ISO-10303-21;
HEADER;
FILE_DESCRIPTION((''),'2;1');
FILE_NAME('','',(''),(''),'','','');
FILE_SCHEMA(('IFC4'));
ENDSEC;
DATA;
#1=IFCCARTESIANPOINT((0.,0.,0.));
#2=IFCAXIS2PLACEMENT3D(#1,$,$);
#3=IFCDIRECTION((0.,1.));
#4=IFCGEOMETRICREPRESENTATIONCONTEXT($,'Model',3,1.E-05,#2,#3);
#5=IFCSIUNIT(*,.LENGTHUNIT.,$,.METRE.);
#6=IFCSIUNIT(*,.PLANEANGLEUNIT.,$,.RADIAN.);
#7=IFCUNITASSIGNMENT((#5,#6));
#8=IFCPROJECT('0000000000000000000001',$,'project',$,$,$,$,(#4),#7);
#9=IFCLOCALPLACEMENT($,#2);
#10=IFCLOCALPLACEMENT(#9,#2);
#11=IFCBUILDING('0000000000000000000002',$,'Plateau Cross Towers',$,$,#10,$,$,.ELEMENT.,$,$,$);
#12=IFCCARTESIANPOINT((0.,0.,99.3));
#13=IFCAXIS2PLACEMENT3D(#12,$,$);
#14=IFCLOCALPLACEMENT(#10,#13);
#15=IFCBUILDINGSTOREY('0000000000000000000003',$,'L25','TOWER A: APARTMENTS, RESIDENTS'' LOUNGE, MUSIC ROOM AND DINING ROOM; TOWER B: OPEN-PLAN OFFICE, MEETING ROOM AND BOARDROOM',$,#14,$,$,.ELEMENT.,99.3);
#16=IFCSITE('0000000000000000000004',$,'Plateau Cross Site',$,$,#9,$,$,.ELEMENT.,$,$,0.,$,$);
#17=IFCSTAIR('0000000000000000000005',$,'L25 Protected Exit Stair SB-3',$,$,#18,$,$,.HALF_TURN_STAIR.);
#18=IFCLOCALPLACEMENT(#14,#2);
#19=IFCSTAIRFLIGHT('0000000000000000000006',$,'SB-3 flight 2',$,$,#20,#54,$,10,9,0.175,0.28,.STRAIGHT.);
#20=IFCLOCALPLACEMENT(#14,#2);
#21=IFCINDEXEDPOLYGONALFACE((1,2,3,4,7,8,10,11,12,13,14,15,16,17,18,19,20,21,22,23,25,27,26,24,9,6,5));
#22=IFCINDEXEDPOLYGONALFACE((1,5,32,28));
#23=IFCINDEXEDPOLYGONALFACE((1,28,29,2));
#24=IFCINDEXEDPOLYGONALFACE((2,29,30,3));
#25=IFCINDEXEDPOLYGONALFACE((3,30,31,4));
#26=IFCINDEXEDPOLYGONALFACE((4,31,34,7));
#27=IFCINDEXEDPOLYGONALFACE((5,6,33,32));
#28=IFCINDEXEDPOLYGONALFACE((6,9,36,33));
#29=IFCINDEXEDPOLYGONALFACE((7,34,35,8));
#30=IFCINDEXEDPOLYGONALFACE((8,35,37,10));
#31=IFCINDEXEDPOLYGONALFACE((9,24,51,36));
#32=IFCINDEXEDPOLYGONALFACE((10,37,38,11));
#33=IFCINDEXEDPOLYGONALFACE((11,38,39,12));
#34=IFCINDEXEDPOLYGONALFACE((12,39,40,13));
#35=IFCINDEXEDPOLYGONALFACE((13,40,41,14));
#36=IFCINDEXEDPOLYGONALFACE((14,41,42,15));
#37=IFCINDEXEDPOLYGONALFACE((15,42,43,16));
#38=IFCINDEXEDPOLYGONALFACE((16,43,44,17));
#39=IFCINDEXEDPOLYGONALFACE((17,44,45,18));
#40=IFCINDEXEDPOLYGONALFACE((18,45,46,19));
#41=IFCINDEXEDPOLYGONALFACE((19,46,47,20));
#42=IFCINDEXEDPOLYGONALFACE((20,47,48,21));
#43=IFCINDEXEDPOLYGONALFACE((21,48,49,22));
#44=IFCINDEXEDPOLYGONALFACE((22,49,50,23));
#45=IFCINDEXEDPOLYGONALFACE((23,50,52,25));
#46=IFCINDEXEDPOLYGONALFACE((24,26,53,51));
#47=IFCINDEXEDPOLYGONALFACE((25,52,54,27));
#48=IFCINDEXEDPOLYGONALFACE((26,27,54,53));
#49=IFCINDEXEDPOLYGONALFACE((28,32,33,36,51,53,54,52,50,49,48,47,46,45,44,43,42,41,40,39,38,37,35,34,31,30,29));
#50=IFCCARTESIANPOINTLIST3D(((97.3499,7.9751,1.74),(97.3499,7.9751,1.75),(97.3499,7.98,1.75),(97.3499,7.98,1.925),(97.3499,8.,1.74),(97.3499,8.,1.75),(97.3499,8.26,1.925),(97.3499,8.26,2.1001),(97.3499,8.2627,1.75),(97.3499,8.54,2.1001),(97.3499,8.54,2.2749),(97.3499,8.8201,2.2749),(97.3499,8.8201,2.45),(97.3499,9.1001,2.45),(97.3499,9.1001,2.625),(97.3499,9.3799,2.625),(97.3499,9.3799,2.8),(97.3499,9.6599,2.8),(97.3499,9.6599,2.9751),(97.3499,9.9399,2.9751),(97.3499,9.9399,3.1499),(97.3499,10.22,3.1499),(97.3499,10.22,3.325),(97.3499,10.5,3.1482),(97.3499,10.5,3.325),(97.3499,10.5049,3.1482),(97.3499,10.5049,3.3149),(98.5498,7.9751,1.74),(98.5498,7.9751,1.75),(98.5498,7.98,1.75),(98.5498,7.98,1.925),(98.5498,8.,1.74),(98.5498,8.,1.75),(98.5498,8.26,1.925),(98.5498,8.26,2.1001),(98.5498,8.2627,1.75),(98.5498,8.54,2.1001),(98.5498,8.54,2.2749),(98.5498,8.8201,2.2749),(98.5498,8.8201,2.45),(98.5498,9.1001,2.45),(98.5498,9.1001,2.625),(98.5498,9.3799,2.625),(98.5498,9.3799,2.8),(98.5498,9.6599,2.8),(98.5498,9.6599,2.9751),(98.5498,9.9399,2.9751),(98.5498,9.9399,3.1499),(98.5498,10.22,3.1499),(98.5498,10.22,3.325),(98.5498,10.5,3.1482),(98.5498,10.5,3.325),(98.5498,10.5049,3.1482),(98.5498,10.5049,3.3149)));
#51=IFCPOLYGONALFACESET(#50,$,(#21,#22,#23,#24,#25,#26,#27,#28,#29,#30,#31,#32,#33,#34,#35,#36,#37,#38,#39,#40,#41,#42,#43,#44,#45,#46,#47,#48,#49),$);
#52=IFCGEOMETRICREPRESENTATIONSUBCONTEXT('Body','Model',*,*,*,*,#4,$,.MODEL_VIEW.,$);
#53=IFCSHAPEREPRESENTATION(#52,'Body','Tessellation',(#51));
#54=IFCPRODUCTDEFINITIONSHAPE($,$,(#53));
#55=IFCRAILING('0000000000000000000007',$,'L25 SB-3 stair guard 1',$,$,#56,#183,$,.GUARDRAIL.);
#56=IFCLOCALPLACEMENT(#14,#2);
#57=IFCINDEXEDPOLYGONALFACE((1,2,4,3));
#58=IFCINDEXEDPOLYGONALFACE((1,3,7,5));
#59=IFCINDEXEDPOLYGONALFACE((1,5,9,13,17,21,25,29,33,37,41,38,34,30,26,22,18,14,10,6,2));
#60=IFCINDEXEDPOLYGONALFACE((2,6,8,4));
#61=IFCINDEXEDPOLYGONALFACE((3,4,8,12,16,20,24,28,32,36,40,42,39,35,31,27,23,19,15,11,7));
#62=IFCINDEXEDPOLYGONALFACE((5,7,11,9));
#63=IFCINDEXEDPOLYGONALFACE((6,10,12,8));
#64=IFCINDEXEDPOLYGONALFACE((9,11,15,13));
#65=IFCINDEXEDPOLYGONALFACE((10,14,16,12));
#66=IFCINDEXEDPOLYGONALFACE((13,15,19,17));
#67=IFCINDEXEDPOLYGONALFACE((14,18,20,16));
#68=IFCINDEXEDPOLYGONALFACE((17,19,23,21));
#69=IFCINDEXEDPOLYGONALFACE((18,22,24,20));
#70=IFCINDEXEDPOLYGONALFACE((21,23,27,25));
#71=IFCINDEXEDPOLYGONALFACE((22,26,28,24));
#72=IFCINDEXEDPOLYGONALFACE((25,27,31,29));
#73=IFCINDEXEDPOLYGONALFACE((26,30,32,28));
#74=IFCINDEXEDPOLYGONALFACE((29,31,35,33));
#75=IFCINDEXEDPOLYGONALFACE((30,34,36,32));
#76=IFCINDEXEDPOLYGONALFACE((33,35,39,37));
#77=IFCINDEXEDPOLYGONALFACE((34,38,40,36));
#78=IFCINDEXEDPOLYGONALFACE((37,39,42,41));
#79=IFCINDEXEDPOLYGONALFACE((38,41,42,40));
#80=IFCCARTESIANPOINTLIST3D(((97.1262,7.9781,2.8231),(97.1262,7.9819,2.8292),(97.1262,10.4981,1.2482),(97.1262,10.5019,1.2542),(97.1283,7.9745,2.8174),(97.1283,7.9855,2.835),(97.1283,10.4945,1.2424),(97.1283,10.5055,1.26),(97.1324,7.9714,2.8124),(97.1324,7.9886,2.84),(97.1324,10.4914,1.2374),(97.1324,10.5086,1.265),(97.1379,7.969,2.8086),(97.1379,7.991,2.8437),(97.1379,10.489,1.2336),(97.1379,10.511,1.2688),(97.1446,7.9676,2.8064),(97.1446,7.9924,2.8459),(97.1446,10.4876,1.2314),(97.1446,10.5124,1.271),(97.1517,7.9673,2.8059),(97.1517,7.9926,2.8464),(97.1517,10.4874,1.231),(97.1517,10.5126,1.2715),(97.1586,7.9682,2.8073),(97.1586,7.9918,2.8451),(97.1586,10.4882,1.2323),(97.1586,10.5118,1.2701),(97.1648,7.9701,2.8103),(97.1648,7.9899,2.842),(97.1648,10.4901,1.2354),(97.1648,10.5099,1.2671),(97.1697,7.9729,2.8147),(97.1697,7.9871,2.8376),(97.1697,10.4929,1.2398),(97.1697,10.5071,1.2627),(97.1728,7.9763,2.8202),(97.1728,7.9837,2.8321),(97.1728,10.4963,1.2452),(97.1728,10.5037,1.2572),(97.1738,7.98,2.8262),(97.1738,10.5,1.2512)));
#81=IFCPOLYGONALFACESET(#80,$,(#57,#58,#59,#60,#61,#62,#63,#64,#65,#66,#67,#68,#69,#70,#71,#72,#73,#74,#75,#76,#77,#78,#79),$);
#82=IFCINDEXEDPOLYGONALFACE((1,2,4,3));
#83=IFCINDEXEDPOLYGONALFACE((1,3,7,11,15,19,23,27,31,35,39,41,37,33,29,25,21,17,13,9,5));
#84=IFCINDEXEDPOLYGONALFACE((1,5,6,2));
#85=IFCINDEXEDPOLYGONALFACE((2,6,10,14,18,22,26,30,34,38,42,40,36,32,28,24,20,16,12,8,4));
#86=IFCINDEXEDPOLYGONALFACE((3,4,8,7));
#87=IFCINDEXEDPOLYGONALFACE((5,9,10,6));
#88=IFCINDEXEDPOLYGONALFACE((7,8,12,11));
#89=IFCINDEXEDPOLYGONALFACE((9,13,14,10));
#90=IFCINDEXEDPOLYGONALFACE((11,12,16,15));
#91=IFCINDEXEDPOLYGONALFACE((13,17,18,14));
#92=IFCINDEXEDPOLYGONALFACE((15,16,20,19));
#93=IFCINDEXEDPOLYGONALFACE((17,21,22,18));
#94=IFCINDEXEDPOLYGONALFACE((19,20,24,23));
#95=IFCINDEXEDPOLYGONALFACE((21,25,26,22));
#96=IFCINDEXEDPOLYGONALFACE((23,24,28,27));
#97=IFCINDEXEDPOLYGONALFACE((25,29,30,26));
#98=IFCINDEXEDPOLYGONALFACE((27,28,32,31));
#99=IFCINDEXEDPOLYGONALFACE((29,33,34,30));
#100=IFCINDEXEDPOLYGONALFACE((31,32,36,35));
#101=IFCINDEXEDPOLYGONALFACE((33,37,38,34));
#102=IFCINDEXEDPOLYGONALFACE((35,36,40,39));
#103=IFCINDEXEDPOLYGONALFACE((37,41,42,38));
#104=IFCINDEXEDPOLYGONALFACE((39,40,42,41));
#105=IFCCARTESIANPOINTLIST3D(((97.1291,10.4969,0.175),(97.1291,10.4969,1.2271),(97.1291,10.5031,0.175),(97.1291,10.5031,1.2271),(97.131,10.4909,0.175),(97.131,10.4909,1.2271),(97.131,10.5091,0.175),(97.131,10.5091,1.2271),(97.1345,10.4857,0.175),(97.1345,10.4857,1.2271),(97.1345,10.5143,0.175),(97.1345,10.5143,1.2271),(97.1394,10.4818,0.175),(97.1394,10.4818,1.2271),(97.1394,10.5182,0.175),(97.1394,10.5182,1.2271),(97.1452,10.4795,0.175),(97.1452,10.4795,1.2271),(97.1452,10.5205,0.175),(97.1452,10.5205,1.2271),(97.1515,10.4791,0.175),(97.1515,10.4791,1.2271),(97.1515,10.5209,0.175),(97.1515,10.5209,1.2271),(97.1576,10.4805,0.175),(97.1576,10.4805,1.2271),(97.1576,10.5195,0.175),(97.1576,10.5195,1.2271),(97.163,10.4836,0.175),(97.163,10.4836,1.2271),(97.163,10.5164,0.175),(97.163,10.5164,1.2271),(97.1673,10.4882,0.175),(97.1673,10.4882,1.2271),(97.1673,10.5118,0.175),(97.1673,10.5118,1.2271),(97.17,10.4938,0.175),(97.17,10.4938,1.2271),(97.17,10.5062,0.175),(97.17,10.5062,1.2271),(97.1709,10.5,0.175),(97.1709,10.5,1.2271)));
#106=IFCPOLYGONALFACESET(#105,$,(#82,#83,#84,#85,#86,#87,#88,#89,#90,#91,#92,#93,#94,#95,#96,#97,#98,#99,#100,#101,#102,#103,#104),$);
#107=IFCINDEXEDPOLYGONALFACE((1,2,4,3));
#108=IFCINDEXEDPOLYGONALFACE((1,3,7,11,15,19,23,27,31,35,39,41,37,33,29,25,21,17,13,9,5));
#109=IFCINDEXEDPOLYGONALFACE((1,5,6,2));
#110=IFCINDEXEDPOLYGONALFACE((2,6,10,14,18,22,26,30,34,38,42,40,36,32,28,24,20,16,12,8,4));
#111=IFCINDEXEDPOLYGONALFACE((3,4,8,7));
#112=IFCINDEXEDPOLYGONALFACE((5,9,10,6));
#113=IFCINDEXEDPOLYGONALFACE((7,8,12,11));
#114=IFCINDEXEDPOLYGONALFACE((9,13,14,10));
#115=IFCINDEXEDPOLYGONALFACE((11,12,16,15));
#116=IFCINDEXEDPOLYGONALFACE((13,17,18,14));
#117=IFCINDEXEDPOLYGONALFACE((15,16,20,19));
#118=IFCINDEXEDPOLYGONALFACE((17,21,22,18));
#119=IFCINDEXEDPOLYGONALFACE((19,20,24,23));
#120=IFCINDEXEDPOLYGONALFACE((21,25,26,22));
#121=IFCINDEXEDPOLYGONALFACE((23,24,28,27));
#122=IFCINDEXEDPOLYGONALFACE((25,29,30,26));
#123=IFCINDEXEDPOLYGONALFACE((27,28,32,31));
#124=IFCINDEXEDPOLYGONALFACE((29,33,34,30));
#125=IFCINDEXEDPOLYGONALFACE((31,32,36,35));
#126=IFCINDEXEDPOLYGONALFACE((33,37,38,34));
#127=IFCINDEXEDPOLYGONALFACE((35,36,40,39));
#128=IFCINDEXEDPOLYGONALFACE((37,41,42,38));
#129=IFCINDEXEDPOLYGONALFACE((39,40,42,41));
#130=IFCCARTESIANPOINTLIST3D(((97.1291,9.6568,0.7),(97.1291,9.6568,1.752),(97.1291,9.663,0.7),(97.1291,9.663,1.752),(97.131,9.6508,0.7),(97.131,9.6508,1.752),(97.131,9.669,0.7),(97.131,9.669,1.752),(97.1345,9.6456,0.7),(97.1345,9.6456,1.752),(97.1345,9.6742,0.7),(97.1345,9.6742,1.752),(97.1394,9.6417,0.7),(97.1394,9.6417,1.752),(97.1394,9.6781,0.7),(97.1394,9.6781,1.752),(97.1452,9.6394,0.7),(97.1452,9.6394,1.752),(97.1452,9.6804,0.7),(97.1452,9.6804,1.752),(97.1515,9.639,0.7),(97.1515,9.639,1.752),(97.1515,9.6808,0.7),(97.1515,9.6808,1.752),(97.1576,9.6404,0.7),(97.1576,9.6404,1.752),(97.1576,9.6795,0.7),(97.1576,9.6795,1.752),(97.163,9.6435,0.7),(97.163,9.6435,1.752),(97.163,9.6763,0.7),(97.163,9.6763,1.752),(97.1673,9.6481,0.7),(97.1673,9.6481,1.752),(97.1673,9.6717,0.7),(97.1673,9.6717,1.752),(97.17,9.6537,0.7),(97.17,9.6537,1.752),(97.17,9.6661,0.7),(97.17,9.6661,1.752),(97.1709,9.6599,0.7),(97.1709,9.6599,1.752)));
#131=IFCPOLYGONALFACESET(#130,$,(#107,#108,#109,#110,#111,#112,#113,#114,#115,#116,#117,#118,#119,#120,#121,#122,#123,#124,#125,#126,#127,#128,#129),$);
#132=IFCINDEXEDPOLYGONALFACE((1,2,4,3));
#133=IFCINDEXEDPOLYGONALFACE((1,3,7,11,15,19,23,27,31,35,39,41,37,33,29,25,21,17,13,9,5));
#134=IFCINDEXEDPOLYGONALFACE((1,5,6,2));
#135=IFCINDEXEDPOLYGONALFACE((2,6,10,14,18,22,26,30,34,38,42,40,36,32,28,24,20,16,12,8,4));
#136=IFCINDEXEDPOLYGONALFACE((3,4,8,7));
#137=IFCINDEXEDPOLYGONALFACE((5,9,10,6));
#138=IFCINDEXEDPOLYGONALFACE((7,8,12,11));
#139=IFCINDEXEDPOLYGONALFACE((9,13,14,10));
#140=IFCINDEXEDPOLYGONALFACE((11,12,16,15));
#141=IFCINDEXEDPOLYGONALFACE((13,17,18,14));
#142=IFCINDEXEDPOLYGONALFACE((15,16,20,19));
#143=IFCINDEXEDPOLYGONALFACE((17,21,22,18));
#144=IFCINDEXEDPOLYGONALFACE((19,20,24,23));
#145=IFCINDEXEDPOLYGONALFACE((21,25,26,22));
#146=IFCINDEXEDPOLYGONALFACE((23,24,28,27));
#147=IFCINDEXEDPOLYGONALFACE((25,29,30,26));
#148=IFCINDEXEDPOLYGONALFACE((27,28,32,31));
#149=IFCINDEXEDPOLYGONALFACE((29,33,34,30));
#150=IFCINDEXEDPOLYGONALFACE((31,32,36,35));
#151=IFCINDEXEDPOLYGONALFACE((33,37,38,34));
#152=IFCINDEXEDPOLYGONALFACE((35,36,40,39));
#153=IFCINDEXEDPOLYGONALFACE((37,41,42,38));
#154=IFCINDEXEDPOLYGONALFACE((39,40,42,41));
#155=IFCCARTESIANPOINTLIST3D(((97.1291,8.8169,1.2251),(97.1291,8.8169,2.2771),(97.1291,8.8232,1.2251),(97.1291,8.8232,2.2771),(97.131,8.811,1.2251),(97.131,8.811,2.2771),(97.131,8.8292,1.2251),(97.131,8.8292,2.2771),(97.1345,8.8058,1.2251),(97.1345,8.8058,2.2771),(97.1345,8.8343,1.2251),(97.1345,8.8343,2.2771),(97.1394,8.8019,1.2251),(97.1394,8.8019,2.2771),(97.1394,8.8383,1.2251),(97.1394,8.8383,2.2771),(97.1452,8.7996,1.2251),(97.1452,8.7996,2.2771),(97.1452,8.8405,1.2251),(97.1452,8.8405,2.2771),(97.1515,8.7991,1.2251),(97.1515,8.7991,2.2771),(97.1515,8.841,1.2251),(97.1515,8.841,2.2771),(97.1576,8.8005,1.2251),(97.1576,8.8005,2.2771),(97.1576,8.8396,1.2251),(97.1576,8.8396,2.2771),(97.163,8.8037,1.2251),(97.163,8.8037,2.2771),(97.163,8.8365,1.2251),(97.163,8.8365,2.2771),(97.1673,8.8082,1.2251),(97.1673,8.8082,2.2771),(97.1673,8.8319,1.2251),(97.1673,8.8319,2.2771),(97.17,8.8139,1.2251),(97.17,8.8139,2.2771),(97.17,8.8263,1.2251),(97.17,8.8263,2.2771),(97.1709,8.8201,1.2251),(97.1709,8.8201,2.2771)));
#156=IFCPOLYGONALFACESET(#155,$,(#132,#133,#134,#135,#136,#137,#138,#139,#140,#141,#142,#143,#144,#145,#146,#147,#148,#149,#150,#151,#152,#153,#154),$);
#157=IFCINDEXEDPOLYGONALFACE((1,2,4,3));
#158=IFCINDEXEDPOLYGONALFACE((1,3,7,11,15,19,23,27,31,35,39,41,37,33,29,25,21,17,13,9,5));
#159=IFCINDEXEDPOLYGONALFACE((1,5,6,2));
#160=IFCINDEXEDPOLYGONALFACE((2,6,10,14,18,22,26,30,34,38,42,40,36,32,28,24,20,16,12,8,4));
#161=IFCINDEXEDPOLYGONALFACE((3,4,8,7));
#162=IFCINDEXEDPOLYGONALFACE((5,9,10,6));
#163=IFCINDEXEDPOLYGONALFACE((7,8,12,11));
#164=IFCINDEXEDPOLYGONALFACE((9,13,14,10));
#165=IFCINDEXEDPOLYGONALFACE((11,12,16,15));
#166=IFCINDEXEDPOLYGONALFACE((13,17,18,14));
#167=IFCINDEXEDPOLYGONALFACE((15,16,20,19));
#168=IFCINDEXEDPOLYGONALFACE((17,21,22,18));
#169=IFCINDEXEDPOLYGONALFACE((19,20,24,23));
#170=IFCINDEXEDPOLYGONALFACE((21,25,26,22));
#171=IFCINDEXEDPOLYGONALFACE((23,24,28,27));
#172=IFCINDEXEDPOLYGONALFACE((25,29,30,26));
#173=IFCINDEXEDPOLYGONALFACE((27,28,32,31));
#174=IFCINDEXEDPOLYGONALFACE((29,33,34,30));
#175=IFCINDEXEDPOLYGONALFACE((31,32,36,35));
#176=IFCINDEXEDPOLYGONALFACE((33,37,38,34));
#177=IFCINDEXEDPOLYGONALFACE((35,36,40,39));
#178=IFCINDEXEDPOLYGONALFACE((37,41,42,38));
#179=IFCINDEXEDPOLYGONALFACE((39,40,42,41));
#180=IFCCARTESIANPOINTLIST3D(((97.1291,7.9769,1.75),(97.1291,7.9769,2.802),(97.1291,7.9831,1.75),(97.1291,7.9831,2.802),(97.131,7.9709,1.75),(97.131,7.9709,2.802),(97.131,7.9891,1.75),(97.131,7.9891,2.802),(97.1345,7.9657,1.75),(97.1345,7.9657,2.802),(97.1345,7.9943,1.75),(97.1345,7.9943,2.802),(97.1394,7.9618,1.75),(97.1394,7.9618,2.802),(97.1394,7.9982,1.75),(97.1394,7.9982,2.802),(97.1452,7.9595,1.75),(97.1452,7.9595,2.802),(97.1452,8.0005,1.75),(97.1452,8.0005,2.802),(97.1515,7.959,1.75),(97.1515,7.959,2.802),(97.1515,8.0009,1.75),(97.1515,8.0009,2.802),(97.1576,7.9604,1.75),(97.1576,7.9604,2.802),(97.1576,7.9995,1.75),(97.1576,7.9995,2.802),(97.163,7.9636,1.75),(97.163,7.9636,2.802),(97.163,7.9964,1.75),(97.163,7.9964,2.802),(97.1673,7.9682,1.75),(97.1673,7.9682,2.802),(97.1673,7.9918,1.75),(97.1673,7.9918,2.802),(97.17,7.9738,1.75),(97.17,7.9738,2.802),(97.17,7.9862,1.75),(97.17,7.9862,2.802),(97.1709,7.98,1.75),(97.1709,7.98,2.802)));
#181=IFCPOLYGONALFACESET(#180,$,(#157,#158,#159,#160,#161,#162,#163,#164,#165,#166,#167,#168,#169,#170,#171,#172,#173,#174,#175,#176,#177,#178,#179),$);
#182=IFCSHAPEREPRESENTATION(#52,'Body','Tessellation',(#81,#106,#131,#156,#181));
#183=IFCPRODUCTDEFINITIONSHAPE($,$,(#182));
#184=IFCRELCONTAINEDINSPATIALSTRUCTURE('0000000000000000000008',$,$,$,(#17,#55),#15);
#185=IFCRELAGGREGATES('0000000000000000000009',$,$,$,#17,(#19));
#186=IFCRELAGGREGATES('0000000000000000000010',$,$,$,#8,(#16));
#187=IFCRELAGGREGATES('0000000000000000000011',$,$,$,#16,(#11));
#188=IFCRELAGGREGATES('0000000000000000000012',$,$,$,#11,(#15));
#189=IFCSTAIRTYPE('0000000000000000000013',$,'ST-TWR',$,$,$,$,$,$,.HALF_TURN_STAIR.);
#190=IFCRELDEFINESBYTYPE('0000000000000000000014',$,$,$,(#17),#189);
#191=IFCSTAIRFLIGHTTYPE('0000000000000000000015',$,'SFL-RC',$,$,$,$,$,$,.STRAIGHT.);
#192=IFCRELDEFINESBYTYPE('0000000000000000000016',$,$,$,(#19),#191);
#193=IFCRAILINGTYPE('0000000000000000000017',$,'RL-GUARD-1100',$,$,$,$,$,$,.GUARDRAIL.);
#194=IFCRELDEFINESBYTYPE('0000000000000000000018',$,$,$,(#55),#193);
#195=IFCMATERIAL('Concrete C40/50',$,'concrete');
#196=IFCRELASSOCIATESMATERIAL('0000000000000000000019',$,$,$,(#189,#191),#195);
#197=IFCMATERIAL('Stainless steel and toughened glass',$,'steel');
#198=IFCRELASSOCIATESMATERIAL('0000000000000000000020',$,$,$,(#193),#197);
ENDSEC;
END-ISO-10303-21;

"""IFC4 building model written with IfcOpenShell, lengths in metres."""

from ifc_helpers import new_model, si_unit, direction, frame, origin, origin_2d, place, context, subcontext, project, spatial, polyline, circle, outline, extrude, material, type_object, element, aggregate, save


model = new_model("IFC4")

# Units and contexts
model_context = context("Model", 3, precision=1e-05, world=origin(), true_north=direction((0.0, 1.0)))
body_context = subcontext(model_context, "Body", "Model", "MODEL_VIEW")
ifc_project = project(units=[si_unit("LENGTHUNIT", "METRE"), si_unit("PLANEANGLEUNIT", "RADIAN")], contexts=[model_context])

# Site, building, storey
site_placement = place(None, origin())
site = spatial("IfcSite", under=ifc_project, at=site_placement, Name="Plateau Cross Site", CompositionType="ELEMENT", RefElevation=0.0)
building_placement = place(site_placement, origin())
building = spatial("IfcBuilding", under=site, at=building_placement, Name="Plateau Cross Towers", CompositionType="ELEMENT")
storey_placement = place(building_placement, frame((0.0, 0.0, 99.3)))
storey = spatial("IfcBuildingStorey", under=building, at=storey_placement, Name="L25", Description="TOWER A: APARTMENTS, RESIDENTS' LOUNGE, MUSIC ROOM AND DINING ROOM; TOWER B: OPEN-PLAN OFFICE, MEETING ROOM AND BOARDROOM", CompositionType="ELEMENT", Elevation=99.3)

# Stair, stair flight
ifc_material_1 = material(Name="Concrete C40/50", Category="concrete")
stair_type = type_object("IfcStairType", Name="ST-TWR", PredefinedType="HALF_TURN_STAIR", material=ifc_material_1)
stair_placement = place(storey_placement, origin())
stair = element("IfcStair", 1, at=stair_placement, inside=storey, type_object=stair_type, Name="L25 Protected Exit Stair SB-3", PredefinedType="HALF_TURN_STAIR")
stair_flight_type = type_object("IfcStairFlightType", Name="SFL-RC", PredefinedType="STRAIGHT", material=ifc_material_1)
stair_flight_1_placement = place(storey_placement, frame((97.95, 7.98, 1.75), z_axis=(0.0, 0.0, 1.0), x_axis=(0.0, 1.0, 0.0)))
stair_flight_1 = element("IfcStairFlight", 2, at=stair_flight_1_placement, type_object=stair_flight_type, Name="SB-3 flight 2", NumberOfRisers=10, NumberOfTreads=9, PredefinedType="STRAIGHT", RiserHeight=0.175, TreadLength=0.28, context=body_context, shape_type="SweptSolid", body=[
    extrude(outline(polyline([(-0.0049, -0.01), (-0.0049, 0.0), (0.0, 0.0), (0.0, 0.175), (0.28, 0.175), (0.28, 0.3501), (0.5601, 0.3501), (0.5601, 0.5249), (0.8401, 0.5249), (0.8401, 0.7), (1.1201, 0.7), (1.1201, 0.875), (1.3999, 0.875), (1.3999, 1.05), (1.6799, 1.05), (1.6799, 1.2251), (1.96, 1.2251), (1.96, 1.3999), (2.24, 1.3999), (2.24, 1.575), (2.52, 1.575), (2.5249, 1.5649), (2.5249, 1.3982), (2.52, 1.3982), (0.2827, 0.0), (0.02, 0.0), (0.02, -0.01), (-0.0049, -0.01)])), frame((0.0, 0.6001, 0.0), z_axis=(0.0, -1.0, 0.0), x_axis=(1.0, 0.0, 0.0)), (0.0, 0.0, 1.0), 1.2),
])
aggregate(stair, [stair_flight_1])

# Railing
ifc_material_2 = material(Name="Stainless steel and toughened glass", Category="steel")
railing_type_1 = type_object("IfcRailingType", Name="RL-GUARD-1100", PredefinedType="GUARDRAIL", material=ifc_material_2)
railing_1_placement = place(storey_placement, frame((97.1499, 10.5, 0.175)))
element("IfcRailing", 3, at=railing_1_placement, inside=storey, type_object=railing_type_1, Name="L25 SB-3 stair guard 1", PredefinedType="GUARDRAIL", context=body_context, shape_type="SweptSolid", body=[
    extrude(circle(Radius=0.0239, at=origin_2d()), frame((0.0, 0.0, 1.0762), z_axis=(0.0, -0.848008, 0.529984), x_axis=(1.0, 0.0, 0.0)), (0.0, 0.0, 1.0), 2.9717),
    extrude(circle(Radius=0.021, at=origin_2d()), origin(), (0.0, 0.0, 1.0), 1.052),
    extrude(circle(Radius=0.021, at=origin_2d()), frame((0.0, -0.8401, 0.5249)), (0.0, 0.0, 1.0), 1.052),
    extrude(circle(Radius=0.021, at=origin_2d()), frame((0.0, -1.6799, 1.05)), (0.0, 0.0, 1.0), 1.052),
    extrude(circle(Radius=0.021, at=origin_2d()), frame((0.0, -2.52, 1.575)), (0.0, 0.0, 1.0), 1.052),
])

save(model, "model.ifc")
